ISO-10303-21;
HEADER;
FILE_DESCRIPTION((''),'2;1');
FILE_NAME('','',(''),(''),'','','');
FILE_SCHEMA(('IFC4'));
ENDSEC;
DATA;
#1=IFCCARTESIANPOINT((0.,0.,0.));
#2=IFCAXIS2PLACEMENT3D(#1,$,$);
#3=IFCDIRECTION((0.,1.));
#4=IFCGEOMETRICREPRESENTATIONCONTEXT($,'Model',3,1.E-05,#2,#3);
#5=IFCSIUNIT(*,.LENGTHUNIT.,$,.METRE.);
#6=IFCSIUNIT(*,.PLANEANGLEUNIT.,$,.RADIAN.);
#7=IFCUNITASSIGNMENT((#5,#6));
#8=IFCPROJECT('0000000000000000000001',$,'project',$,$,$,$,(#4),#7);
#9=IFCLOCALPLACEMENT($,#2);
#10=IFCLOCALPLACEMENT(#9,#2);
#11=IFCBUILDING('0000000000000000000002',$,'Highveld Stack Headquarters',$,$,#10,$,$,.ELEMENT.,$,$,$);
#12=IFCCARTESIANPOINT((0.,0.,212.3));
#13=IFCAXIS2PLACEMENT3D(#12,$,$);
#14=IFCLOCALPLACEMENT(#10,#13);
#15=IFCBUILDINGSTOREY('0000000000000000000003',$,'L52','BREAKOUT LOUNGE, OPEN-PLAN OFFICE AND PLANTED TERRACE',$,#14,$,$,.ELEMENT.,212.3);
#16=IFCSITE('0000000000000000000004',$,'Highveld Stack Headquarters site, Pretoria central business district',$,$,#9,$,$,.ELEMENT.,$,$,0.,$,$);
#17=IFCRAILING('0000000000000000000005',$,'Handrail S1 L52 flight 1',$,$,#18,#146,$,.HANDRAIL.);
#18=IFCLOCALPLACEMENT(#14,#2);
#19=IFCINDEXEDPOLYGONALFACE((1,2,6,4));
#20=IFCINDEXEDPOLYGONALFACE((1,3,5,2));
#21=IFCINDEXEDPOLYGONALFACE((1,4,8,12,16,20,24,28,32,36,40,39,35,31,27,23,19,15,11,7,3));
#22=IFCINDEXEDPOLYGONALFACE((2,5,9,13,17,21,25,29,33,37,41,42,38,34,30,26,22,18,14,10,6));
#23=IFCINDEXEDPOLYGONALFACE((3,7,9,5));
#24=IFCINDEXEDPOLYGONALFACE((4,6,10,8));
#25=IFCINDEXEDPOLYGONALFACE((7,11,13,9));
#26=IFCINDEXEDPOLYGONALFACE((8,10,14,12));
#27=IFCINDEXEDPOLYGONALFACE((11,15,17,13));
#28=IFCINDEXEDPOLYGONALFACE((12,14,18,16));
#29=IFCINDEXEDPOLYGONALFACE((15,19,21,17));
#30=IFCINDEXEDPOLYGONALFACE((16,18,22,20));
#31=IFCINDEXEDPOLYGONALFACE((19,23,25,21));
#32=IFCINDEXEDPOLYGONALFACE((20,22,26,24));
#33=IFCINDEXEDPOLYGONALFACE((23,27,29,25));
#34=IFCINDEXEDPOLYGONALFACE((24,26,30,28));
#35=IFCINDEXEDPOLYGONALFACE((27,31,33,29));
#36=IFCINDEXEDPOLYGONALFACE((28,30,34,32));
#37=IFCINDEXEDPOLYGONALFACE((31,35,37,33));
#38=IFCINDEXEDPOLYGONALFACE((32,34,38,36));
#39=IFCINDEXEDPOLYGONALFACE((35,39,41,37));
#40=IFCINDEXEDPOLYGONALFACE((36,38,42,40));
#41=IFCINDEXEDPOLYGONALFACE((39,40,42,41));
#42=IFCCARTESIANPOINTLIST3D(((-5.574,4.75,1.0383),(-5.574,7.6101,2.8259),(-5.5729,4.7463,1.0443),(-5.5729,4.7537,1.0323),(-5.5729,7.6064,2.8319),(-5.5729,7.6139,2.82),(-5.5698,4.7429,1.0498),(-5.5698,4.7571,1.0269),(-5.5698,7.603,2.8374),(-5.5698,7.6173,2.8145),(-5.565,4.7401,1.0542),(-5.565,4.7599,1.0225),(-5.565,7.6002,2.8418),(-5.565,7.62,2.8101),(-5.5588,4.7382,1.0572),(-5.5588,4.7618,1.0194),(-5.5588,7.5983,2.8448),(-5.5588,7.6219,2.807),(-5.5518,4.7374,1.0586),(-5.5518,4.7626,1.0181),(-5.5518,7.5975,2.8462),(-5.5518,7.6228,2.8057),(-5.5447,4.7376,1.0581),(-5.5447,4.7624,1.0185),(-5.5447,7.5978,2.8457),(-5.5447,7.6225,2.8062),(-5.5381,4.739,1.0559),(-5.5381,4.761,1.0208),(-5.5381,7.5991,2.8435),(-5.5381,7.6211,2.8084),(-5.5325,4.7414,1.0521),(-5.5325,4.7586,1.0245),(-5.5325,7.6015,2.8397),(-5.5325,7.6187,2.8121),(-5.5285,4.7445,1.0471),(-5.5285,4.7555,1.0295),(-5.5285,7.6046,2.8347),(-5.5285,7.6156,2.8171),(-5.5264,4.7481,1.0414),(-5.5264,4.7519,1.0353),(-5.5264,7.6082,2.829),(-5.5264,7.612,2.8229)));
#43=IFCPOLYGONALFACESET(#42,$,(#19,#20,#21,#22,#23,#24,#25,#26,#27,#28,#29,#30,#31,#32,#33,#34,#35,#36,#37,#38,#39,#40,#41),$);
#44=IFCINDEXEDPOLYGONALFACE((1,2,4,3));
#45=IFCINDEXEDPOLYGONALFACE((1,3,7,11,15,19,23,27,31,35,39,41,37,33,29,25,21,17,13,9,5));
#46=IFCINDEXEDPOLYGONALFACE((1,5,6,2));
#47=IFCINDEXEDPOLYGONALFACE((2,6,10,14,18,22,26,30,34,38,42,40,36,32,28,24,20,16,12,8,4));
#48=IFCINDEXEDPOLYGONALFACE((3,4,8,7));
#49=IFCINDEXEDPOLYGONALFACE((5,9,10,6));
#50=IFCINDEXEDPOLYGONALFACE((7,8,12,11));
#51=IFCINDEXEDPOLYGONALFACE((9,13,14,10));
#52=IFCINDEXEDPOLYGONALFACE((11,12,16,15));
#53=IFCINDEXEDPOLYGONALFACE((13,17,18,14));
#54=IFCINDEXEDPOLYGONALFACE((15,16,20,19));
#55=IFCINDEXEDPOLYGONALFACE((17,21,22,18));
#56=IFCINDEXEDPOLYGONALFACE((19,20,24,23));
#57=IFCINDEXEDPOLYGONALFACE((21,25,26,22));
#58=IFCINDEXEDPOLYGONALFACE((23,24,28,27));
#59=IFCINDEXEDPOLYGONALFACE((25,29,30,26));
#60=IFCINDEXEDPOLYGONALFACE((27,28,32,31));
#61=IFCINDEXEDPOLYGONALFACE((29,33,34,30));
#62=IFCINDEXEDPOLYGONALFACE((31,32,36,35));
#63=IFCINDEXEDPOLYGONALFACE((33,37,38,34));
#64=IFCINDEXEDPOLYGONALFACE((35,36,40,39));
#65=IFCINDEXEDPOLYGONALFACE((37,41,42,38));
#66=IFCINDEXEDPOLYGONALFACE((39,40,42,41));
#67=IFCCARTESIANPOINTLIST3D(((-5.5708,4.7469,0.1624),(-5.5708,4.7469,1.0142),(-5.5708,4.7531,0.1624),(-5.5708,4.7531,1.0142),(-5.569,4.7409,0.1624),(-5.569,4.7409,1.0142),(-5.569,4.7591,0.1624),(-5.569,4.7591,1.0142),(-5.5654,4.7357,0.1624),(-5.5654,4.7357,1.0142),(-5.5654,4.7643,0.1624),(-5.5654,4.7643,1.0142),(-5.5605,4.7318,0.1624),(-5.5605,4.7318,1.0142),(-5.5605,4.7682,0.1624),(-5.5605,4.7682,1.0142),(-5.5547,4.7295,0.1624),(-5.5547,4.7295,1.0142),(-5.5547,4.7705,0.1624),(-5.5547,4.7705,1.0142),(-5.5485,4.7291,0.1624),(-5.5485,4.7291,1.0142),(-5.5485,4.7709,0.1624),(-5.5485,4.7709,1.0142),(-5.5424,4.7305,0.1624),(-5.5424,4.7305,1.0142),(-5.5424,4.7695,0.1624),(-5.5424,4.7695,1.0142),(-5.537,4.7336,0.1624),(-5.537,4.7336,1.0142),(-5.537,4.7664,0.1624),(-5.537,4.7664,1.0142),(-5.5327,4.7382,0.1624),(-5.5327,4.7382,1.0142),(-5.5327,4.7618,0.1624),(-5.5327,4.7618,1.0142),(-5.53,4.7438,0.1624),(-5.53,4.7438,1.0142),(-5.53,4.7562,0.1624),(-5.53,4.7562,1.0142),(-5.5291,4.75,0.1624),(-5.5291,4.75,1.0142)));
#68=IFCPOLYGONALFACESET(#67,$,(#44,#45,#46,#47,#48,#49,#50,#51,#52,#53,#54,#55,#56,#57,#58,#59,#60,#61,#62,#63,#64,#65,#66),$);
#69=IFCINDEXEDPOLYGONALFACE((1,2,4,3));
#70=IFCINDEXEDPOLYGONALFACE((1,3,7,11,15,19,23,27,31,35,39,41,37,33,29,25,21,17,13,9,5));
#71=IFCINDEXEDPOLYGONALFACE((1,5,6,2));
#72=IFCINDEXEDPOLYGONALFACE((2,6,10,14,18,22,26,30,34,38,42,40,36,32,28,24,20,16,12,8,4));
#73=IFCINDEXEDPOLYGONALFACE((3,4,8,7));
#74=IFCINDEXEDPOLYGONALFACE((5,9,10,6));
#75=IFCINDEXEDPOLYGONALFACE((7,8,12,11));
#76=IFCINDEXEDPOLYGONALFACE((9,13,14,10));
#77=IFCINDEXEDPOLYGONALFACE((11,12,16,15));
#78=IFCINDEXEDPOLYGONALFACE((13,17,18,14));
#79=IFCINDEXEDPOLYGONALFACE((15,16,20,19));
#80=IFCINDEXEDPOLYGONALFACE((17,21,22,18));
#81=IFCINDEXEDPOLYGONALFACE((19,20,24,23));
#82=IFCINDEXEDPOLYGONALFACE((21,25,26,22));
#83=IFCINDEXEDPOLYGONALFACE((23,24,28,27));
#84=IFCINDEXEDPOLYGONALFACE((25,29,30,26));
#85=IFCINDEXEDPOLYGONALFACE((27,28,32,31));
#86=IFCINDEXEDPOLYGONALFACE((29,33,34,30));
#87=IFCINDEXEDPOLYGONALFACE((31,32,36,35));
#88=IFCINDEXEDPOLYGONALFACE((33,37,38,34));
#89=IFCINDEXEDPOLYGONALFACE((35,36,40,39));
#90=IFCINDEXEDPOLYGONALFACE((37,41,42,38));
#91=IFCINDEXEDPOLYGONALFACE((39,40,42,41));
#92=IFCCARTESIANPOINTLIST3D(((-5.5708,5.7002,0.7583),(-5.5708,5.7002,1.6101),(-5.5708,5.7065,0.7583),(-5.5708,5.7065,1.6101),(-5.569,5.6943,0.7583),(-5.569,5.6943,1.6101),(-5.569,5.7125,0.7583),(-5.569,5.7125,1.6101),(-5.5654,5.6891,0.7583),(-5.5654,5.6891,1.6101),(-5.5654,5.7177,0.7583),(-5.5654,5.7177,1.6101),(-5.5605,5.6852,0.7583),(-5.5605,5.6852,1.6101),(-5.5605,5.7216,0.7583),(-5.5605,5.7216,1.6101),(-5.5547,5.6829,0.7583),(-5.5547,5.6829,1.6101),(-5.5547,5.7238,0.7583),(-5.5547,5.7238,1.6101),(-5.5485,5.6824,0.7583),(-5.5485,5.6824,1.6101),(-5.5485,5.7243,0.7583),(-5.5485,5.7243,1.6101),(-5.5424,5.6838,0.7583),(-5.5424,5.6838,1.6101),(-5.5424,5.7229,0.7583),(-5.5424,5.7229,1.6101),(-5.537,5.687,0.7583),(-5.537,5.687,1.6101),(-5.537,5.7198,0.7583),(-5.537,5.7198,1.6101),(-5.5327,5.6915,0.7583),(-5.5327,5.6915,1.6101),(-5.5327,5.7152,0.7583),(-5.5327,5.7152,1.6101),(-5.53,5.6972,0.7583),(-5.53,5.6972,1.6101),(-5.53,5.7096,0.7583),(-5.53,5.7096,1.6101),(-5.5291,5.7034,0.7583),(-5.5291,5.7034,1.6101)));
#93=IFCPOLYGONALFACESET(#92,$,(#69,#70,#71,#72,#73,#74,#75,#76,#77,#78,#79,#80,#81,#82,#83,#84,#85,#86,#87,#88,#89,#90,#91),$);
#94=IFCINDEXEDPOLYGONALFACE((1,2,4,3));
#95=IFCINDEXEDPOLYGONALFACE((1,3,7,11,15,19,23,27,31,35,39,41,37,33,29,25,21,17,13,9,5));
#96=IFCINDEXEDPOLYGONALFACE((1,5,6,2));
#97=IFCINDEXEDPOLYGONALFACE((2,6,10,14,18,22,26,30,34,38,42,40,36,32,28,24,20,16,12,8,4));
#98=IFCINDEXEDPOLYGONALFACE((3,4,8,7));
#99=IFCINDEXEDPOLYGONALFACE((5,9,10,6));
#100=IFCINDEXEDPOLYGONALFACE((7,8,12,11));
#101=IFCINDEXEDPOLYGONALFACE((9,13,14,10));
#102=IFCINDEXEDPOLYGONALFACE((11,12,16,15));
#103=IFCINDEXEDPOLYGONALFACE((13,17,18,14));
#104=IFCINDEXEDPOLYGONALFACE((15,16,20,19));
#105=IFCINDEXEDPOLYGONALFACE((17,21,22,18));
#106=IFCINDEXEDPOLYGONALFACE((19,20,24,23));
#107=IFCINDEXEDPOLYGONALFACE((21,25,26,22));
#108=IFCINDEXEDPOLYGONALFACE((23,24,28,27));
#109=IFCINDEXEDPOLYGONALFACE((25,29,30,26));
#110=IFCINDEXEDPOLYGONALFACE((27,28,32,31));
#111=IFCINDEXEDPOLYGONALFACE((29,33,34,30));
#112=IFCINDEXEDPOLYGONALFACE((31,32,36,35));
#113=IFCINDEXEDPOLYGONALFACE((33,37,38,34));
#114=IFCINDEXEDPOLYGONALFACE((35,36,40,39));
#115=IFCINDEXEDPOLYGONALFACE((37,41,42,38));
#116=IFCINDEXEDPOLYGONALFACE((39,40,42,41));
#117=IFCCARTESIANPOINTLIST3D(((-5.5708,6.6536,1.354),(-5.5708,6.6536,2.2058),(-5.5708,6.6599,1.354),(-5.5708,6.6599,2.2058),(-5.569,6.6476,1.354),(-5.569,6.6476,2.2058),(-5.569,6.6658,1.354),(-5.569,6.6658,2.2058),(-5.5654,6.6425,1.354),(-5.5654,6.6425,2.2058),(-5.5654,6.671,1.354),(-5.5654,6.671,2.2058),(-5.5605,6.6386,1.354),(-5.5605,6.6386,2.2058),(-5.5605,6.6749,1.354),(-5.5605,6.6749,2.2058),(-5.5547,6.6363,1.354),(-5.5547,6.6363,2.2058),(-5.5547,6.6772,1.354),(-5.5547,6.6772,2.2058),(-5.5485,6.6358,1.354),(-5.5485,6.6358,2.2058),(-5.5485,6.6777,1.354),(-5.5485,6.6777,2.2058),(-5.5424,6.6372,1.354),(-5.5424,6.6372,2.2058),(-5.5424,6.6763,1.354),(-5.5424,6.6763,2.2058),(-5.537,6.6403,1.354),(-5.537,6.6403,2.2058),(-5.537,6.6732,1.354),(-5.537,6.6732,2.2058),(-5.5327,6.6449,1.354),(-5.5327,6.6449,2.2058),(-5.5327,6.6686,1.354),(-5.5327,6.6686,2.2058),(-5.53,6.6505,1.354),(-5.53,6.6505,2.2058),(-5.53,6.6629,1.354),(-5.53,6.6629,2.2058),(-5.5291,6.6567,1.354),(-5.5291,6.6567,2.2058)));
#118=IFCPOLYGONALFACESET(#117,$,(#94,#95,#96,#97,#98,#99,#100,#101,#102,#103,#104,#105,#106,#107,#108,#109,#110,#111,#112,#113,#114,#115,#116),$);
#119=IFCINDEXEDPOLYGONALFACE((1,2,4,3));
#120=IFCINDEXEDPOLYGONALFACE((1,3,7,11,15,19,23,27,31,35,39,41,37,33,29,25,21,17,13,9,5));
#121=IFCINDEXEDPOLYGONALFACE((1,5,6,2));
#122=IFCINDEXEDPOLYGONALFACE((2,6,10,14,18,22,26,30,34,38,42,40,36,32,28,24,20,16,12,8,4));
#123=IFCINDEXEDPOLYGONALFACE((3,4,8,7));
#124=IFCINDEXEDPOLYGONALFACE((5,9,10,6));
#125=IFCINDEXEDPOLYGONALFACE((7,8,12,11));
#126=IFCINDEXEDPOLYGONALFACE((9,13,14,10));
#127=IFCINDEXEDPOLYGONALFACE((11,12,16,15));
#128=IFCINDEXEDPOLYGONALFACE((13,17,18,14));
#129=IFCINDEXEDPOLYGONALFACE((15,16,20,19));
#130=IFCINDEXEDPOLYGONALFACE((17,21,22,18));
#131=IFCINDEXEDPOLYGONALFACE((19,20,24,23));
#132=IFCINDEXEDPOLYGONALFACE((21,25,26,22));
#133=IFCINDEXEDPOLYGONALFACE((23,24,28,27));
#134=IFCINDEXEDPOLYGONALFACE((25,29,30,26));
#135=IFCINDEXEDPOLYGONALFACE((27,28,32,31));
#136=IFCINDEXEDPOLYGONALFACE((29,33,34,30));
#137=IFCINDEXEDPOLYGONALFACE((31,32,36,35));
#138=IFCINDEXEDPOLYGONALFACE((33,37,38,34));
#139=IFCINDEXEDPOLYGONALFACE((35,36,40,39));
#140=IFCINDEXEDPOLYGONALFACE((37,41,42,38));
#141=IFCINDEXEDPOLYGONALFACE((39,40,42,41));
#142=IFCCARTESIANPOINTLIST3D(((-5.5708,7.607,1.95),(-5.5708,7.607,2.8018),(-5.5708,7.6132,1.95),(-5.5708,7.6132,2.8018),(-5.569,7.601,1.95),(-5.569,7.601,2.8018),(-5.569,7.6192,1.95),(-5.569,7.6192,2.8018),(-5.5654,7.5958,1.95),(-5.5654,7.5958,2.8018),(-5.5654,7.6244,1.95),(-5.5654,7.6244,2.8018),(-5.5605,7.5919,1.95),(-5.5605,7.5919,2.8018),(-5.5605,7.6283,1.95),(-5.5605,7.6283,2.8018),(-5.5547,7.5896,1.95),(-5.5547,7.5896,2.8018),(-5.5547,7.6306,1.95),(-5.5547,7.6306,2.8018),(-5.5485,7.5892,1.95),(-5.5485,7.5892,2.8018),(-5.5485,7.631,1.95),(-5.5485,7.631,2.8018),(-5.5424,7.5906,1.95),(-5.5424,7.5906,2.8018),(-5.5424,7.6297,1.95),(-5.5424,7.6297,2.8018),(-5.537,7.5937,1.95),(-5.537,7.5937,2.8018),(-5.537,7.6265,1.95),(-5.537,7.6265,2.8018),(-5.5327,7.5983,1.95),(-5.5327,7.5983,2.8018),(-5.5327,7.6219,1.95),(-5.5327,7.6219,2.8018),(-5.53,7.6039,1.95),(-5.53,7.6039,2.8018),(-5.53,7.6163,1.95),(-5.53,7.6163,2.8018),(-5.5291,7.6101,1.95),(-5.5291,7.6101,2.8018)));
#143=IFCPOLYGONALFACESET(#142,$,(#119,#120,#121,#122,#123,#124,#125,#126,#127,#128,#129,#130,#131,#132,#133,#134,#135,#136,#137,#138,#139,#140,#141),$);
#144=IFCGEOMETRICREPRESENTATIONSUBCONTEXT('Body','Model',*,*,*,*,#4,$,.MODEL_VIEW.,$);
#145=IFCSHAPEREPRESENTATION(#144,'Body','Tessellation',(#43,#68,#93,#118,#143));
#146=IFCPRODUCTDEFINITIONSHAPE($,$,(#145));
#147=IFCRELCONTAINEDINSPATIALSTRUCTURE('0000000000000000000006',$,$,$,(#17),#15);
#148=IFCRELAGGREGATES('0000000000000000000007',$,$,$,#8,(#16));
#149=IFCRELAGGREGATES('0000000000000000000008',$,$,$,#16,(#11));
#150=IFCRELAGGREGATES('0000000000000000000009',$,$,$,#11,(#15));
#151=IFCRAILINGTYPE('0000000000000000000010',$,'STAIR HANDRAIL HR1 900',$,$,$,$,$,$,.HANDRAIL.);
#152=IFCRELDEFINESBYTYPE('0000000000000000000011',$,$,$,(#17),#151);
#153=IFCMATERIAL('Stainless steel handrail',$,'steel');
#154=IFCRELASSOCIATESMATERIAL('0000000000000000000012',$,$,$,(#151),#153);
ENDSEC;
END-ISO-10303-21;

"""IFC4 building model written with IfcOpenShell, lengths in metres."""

from ifc_helpers import new_model, si_unit, direction, frame, origin, origin_2d, place, context, subcontext, project, spatial, circle, extrude, material, type_object, element, save


model = new_model("IFC4")

# Units and contexts
model_context = context("Model", 3, precision=1e-05, world=origin(), true_north=direction((0.0, 1.0)))
body_context = subcontext(model_context, "Body", "Model", "MODEL_VIEW")
ifc_project = project(units=[si_unit("LENGTHUNIT", "METRE"), si_unit("PLANEANGLEUNIT", "RADIAN")], contexts=[model_context])

# Site, building, storey
site_placement = place(None, origin())
site = spatial("IfcSite", under=ifc_project, at=site_placement, Name="Highveld Stack Headquarters site, Pretoria central business district", CompositionType="ELEMENT", RefElevation=0.0)
building_placement = place(site_placement, origin())
building = spatial("IfcBuilding", under=site, at=building_placement, Name="Highveld Stack Headquarters", CompositionType="ELEMENT")
storey_placement = place(building_placement, frame((0.0, 0.0, 212.3)))
storey = spatial("IfcBuildingStorey", under=building, at=storey_placement, Name="L52", Description="BREAKOUT LOUNGE, OPEN-PLAN OFFICE AND PLANTED TERRACE", CompositionType="ELEMENT", Elevation=212.3)

# Railing
ifc_material_1 = material(Name="Stainless steel handrail", Category="steel")
railing_type = type_object("IfcRailingType", Name="STAIR HANDRAIL HR1 900", PredefinedType="HANDRAIL", material=ifc_material_1)
for number, where, name in (
    (1, (-5.55, 4.75, 0.1624), "Handrail S1 L52 flight 1"),
):
    element("IfcRailing", number, at=place(storey_placement, frame(where)), inside=storey, type_object=railing_type, Name=name, PredefinedType="HANDRAIL", context=body_context, shape_type="SweptSolid", body=[
        extrude(circle(Radius=0.0239, at=origin_2d()), frame((0.0, 0.0, 0.876), z_axis=(0.0, 0.847994, 0.530005), x_axis=(-1.0, 0.0, 0.0)), (0.0, 0.0, 1.0), 3.3728),
        extrude(circle(Radius=0.021, at=origin_2d()), origin(), (0.0, 0.0, 1.0), 0.8518),
        extrude(circle(Radius=0.021, at=origin_2d()), frame((0.0, 0.9534, 0.5959)), (0.0, 0.0, 1.0), 0.8518),
        extrude(circle(Radius=0.021, at=origin_2d()), frame((0.0, 1.9067, 1.1917)), (0.0, 0.0, 1.0), 0.8518),
        extrude(circle(Radius=0.021, at=origin_2d()), frame((0.0, 2.8601, 1.7876)), (0.0, 0.0, 1.0), 0.8518),
    ])

save(model, "model.ifc")
